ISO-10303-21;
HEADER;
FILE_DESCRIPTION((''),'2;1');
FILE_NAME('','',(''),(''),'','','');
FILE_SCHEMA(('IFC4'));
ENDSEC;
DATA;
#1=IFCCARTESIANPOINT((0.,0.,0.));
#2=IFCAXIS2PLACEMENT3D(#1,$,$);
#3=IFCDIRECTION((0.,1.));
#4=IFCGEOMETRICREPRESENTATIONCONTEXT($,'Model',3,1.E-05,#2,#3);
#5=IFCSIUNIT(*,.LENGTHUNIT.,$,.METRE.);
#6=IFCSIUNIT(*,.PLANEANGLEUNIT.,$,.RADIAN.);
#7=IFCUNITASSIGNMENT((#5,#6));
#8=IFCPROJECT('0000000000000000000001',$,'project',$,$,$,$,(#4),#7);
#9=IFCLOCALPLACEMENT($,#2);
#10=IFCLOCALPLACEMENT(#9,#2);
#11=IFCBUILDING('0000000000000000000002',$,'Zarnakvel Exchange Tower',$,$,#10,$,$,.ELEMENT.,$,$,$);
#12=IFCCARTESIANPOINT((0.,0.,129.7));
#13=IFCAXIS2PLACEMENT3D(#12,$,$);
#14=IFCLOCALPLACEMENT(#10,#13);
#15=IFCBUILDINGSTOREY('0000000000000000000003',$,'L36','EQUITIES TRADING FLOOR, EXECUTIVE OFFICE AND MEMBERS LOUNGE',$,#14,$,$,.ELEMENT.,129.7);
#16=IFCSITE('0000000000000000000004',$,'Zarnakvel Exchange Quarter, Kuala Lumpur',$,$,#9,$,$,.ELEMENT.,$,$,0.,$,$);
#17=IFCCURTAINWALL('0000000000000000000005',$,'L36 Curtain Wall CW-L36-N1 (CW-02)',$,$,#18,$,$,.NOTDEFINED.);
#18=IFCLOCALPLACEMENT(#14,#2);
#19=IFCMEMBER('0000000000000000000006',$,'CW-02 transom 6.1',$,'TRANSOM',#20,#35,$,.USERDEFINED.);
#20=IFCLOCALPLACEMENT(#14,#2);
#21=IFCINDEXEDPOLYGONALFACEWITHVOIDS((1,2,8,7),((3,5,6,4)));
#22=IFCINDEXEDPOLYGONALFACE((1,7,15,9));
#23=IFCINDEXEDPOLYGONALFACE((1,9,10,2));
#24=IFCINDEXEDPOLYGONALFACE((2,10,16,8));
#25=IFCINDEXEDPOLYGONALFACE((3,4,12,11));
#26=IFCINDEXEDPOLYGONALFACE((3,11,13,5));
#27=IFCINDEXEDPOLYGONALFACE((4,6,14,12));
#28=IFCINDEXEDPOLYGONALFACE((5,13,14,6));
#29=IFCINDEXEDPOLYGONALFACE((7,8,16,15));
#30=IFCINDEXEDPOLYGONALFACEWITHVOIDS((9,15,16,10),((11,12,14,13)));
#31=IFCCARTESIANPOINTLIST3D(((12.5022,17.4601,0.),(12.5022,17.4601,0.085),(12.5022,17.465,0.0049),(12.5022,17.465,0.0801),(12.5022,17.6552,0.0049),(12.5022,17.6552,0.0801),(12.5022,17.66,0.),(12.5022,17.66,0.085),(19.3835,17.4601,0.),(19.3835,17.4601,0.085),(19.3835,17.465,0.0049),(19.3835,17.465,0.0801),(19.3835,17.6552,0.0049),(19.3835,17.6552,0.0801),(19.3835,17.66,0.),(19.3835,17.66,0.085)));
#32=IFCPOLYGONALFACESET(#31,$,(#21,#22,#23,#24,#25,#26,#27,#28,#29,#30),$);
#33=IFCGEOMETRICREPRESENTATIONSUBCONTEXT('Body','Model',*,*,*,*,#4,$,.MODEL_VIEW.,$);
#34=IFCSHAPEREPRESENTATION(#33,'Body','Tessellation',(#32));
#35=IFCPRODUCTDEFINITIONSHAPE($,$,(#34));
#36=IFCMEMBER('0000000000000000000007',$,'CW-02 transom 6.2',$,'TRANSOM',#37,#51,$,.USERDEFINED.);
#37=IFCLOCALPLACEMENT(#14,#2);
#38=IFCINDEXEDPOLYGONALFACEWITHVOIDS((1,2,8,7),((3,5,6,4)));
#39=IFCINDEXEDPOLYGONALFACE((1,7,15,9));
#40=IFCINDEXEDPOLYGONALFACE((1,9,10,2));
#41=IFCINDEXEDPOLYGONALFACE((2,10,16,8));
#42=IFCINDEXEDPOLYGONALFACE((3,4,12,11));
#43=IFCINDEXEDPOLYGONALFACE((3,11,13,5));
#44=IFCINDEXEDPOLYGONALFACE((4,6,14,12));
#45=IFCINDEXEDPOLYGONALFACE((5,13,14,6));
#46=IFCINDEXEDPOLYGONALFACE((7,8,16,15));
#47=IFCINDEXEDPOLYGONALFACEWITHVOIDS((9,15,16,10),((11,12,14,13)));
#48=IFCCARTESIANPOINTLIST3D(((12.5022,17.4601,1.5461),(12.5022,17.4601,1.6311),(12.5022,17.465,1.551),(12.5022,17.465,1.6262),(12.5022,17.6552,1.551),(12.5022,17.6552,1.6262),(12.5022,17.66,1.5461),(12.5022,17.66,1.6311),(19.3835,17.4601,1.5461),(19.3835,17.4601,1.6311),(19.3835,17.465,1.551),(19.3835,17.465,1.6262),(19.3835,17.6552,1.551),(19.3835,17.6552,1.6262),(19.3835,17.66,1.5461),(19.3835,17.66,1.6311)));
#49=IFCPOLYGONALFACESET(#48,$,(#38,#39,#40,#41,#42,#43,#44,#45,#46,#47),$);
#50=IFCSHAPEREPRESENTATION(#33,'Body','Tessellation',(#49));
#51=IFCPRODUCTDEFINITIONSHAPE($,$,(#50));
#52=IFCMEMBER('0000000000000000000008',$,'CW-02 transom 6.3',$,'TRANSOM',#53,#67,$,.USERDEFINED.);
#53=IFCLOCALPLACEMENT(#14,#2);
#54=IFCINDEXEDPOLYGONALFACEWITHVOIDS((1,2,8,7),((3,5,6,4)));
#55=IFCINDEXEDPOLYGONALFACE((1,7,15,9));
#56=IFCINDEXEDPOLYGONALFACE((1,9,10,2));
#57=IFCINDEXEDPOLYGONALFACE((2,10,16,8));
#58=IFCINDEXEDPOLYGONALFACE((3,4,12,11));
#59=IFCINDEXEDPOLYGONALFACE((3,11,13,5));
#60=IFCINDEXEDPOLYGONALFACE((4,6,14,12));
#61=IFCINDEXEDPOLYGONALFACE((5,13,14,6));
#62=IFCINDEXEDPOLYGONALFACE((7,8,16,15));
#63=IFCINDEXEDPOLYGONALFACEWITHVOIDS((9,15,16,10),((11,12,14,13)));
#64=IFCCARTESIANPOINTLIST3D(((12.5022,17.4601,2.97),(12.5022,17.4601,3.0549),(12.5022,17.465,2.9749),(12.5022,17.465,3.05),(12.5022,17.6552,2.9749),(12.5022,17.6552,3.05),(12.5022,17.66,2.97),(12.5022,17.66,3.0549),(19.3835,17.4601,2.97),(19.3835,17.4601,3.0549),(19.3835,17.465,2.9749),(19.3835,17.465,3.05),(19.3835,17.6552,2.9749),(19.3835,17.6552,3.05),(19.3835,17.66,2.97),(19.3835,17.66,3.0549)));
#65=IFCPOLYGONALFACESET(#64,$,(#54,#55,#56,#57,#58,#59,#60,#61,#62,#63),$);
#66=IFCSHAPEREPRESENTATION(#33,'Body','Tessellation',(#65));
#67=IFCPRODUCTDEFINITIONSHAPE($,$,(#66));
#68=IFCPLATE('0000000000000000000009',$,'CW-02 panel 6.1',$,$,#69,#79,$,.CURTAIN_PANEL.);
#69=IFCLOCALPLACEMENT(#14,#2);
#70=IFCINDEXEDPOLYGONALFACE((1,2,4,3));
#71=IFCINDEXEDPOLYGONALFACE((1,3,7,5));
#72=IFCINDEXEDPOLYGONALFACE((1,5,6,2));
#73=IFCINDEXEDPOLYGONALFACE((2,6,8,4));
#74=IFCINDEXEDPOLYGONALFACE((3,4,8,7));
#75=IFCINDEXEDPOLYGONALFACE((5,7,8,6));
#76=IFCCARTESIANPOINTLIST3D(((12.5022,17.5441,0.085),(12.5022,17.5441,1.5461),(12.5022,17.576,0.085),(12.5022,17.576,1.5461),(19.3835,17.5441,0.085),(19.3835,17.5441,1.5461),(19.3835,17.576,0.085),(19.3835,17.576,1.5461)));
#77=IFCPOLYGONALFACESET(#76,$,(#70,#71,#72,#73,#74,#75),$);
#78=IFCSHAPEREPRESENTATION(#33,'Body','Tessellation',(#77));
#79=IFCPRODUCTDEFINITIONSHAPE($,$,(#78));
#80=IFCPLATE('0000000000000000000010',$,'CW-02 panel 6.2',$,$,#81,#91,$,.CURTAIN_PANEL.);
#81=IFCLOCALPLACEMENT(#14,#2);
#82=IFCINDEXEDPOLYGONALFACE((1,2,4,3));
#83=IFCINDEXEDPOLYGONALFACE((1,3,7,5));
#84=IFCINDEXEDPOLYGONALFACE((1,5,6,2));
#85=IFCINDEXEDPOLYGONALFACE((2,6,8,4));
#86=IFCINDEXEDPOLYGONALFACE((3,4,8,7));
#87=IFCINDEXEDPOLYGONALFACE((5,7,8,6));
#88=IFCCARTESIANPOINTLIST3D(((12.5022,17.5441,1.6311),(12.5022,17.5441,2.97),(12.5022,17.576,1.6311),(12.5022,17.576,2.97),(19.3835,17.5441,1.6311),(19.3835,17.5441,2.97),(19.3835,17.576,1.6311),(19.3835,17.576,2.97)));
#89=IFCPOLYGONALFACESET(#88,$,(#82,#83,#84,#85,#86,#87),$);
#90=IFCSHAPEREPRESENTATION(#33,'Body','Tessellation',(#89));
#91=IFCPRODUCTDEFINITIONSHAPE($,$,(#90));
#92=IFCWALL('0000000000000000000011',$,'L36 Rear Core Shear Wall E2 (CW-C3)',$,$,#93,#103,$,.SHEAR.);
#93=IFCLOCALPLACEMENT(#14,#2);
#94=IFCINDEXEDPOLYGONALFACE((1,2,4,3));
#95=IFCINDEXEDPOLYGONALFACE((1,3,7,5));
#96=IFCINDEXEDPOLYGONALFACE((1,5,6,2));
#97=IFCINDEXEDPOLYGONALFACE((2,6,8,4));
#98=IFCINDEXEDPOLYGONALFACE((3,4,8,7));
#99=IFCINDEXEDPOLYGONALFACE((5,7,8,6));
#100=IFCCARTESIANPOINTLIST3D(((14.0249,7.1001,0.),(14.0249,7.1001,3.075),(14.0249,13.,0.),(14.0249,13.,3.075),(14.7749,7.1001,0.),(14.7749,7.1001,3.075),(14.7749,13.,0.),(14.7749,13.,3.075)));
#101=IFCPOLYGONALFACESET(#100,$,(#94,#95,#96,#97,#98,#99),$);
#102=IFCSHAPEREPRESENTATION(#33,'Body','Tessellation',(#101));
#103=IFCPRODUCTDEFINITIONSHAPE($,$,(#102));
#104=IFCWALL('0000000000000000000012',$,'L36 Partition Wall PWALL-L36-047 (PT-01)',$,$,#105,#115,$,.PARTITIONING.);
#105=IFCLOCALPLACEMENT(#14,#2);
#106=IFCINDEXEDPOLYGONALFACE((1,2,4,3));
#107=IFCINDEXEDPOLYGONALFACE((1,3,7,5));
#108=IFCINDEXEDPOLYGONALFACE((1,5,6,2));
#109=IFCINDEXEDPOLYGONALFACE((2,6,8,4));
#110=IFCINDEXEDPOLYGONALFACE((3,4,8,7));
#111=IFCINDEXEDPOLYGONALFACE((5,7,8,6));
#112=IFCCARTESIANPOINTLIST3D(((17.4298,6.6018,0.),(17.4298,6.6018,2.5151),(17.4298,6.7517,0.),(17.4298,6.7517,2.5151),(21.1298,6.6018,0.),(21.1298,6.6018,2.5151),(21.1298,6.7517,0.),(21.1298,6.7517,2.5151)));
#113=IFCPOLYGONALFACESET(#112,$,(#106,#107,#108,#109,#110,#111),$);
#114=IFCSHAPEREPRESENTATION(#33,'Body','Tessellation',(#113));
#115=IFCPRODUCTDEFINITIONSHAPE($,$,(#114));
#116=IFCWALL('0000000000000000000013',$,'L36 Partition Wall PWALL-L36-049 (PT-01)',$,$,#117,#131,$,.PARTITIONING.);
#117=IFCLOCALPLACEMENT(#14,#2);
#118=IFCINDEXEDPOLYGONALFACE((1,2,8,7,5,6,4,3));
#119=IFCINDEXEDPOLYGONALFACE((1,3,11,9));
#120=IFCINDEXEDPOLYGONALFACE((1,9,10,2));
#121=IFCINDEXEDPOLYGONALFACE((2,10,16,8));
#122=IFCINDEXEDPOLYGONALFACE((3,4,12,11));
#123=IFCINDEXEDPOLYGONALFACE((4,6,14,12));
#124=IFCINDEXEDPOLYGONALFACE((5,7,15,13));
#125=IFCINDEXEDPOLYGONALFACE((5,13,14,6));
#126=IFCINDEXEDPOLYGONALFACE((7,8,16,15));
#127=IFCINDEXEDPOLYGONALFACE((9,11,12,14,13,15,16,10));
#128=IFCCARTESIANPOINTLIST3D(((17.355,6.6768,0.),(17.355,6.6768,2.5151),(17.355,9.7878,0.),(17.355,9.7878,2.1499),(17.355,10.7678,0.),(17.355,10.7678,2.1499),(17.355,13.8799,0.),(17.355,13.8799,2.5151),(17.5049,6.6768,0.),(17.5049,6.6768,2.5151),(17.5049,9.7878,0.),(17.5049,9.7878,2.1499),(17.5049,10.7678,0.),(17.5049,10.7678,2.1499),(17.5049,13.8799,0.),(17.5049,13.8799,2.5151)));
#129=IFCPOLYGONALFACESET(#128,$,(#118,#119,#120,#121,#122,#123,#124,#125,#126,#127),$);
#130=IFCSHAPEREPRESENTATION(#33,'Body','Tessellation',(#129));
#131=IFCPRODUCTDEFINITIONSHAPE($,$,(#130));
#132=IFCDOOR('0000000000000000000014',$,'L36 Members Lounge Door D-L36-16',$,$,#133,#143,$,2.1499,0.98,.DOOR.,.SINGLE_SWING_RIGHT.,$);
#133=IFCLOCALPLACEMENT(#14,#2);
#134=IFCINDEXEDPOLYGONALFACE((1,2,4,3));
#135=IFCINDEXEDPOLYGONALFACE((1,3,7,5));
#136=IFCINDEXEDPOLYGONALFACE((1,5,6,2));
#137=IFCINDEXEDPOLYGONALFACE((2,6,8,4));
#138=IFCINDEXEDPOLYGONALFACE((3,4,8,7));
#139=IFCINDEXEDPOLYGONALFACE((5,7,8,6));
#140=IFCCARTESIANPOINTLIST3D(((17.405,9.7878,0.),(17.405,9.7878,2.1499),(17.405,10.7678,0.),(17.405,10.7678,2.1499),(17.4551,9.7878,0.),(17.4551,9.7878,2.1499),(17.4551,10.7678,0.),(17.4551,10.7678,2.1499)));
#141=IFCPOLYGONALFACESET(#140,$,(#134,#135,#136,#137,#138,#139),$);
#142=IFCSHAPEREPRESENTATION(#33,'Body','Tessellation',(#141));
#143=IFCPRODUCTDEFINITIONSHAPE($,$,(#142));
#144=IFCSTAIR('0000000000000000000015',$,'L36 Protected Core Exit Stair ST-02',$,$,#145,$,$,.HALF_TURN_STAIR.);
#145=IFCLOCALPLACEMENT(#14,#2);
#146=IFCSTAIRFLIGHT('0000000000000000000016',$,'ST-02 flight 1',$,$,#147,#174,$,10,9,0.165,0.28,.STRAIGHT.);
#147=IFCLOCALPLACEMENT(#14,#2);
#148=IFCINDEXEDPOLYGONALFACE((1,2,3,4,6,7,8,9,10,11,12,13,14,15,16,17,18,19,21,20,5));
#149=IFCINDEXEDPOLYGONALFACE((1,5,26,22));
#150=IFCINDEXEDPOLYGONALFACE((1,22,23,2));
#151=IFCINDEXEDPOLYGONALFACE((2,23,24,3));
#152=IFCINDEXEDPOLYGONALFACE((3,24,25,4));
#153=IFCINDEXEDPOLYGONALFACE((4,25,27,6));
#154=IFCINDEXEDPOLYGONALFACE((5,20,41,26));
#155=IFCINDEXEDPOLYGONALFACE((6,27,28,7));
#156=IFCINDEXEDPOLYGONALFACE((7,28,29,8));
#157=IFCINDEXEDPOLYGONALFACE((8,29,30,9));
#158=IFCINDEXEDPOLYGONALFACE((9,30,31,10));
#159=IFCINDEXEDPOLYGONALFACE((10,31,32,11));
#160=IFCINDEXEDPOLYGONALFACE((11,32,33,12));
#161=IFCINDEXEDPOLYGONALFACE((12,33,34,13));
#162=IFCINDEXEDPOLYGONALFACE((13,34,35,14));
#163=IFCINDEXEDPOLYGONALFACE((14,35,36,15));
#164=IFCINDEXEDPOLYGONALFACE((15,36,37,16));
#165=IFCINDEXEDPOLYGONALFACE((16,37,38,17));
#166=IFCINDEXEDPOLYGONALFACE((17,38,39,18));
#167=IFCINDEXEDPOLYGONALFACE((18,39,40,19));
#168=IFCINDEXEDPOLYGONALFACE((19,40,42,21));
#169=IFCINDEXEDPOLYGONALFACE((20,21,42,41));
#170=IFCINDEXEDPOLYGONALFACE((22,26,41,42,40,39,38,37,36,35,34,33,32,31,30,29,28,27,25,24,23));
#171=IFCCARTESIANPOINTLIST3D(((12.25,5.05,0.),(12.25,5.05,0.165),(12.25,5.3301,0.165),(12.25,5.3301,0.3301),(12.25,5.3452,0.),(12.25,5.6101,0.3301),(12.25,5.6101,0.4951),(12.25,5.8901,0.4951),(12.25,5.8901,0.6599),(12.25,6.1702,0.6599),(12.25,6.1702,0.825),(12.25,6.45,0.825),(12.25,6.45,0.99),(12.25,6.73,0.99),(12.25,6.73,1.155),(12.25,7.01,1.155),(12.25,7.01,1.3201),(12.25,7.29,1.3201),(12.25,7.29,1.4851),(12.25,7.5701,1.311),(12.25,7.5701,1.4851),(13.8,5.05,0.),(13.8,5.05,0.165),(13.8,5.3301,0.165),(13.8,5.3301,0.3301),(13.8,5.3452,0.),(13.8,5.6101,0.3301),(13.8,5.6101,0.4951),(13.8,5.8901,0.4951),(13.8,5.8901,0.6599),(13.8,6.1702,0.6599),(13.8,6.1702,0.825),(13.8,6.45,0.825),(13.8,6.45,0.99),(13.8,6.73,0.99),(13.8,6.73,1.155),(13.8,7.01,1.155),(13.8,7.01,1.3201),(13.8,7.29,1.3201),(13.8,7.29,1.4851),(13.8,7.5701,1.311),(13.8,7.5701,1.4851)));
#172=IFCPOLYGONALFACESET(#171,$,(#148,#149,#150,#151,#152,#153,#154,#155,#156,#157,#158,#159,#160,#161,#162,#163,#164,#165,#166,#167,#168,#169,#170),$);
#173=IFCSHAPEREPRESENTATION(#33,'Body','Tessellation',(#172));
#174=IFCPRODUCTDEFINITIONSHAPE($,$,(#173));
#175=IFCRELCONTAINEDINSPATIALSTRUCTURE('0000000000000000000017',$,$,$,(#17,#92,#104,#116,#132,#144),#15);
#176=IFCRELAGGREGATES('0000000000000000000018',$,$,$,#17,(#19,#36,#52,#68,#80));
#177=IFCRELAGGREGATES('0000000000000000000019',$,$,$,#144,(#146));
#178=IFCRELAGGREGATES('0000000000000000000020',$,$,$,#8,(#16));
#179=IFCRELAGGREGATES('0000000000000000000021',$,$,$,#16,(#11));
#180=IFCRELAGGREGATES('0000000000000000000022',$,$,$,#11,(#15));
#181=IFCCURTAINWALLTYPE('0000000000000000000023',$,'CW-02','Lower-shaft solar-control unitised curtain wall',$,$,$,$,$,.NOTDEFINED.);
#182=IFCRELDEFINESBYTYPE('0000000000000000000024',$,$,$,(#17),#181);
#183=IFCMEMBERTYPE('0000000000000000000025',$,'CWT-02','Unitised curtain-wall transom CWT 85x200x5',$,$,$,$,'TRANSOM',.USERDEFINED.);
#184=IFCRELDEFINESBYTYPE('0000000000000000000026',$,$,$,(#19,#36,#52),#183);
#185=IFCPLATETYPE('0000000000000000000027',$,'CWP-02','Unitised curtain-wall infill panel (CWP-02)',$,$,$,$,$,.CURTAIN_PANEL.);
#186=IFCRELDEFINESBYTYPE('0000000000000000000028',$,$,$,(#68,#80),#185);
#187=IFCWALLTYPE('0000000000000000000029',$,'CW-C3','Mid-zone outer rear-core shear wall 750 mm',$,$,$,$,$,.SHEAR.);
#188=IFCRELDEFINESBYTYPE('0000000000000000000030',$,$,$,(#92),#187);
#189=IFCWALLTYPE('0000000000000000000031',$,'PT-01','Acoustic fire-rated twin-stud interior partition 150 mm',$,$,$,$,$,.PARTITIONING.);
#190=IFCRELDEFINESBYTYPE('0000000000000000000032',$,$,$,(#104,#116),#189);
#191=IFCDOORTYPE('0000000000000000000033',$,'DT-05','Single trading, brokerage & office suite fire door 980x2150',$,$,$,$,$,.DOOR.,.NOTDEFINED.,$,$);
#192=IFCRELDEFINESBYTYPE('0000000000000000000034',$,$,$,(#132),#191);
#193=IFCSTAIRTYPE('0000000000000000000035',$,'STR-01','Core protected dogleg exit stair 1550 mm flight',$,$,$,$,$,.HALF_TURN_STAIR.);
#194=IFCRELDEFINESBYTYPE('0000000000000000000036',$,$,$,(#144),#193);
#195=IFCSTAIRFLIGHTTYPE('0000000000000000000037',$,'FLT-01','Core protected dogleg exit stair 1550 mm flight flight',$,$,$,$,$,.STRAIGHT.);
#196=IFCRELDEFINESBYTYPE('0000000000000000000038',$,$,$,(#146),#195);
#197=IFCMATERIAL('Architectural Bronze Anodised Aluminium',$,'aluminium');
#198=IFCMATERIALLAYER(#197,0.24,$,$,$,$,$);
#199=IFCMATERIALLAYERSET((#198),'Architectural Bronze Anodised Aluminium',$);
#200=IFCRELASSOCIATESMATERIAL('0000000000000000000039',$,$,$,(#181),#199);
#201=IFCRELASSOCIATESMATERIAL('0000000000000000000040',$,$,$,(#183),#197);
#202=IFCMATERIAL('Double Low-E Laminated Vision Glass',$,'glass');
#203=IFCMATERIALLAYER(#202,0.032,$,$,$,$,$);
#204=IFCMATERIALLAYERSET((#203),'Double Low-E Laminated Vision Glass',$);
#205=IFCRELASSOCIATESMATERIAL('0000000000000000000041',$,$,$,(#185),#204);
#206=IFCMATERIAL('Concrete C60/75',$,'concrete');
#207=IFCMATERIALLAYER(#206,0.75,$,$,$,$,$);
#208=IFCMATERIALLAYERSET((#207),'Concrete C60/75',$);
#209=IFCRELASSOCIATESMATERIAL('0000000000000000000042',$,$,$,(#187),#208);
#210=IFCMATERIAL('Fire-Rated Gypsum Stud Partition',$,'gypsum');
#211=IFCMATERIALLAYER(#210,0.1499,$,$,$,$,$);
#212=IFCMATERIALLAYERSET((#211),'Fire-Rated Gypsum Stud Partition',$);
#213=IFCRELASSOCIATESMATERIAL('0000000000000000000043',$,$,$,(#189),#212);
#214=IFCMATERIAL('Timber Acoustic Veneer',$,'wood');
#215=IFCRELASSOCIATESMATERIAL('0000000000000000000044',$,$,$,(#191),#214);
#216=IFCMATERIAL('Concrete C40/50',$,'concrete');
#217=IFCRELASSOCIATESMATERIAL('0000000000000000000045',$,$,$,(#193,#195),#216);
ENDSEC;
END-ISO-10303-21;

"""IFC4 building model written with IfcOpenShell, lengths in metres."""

from ifc_helpers import new_model, si_unit, direction, frame, frame_2d, origin, origin_2d, place, context, subcontext, project, spatial, polyline, rectangle, hollow_rectangle, outline, extrude, source, transform, mapped, material, layer, layer_set, material_profile, profile_set, type_object, element, fill, aggregate, save


model = new_model("IFC4")

# Units and contexts
model_context = context("Model", 3, precision=1e-05, world=origin(), true_north=direction((0.0, 1.0)))
body_context = subcontext(model_context, "Body", "Model", "MODEL_VIEW")
ifc_project = project(units=[si_unit("LENGTHUNIT", "METRE"), si_unit("PLANEANGLEUNIT", "RADIAN")], contexts=[model_context])

# Site, building, storey
site_placement = place(None, origin())
site = spatial("IfcSite", under=ifc_project, at=site_placement, Name="Zarnakvel Exchange Quarter, Kuala Lumpur", CompositionType="ELEMENT", RefElevation=0.0)
building_placement = place(site_placement, origin())
building = spatial("IfcBuilding", under=site, at=building_placement, Name="Zarnakvel Exchange Tower", CompositionType="ELEMENT")
storey_placement = place(building_placement, frame((0.0, 0.0, 129.7)))
storey = spatial("IfcBuildingStorey", under=building, at=storey_placement, Name="L36", Description="EQUITIES TRADING FLOOR, EXECUTIVE OFFICE AND MEMBERS LOUNGE", CompositionType="ELEMENT", Elevation=129.7)

# Shared definitions
ifc_material_1 = material(Name="Concrete C60/75", Category="concrete")

# Curtain wall, members, plates
ifc_material_2 = material(Name="Architectural Bronze Anodised Aluminium", Category="aluminium")
ifc_layer_1 = layer(ifc_material_2, 0.24)
ifc_layer_set_1 = layer_set([ifc_layer_1], Name="Architectural Bronze Anodised Aluminium")
curtain_wall_type = type_object("IfcCurtainWallType", Name="CW-02", Description="Lower-shaft solar-control unitised curtain wall", PredefinedType="NOTDEFINED", material=ifc_layer_set_1)
curtain_wall_placement = place(storey_placement, origin())
curtain_wall = element("IfcCurtainWall", 1, at=curtain_wall_placement, inside=storey, type_object=curtain_wall_type, Name="L36 Curtain Wall CW-L36-N1 (CW-02)", PredefinedType="NOTDEFINED")
ifc_material_profile_1 = material_profile(ifc_material_2, hollow_rectangle(XDim=0.2, YDim=0.085, WallThickness=0.0049, at=origin_2d()))
ifc_profile_set_1 = profile_set([ifc_material_profile_1], Name="Architectural Bronze Anodised Aluminium")
member_type_1 = type_object("IfcMemberType", Name="CWT-02", Description="Unitised curtain-wall transom CWT 85x200x5", ElementType="TRANSOM", PredefinedType="USERDEFINED", material=ifc_profile_set_1)
shared_shape_1 = source(origin(), body_context, "Body", "SweptSolid", [
    extrude(hollow_rectangle(XDim=0.2, YDim=0.085, WallThickness=0.0049, at=origin_2d()), origin(), (0.0, 0.0, 1.0), 6.8813),
])
member_1_placement = place(storey_placement, frame((12.5022, 17.5601, 0.0425), z_axis=(1.0, 0.0, 0.0), x_axis=(0.0, 1.0, 0.0)))
member_1 = element("IfcMember", 2, at=member_1_placement, type_object=member_type_1, Name="CW-02 transom 6.1", ObjectType="TRANSOM", PredefinedType="USERDEFINED", context=body_context, shape_type="MappedRepresentation", body=[
    mapped(shared_shape_1, transform((0.0, 0.0, 0.0), x_axis=(1.0, 0.0, 0.0), y_axis=(0.0, 1.0, 0.0), z_axis=(0.0, 0.0, 1.0), scale=1.0)),
])
member_2_placement = place(storey_placement, frame((12.5022, 17.5601, 1.5886), z_axis=(1.0, 0.0, 0.0), x_axis=(0.0, 1.0, 0.0)))
member_2 = element("IfcMember", 3, at=member_2_placement, type_object=member_type_1, Name="CW-02 transom 6.2", ObjectType="TRANSOM", PredefinedType="USERDEFINED", context=body_context, shape_type="MappedRepresentation", body=[
    mapped(shared_shape_1, transform((0.0, 0.0, 0.0), x_axis=(1.0, 0.0, 0.0), y_axis=(0.0, 1.0, 0.0), z_axis=(0.0, 0.0, 1.0), scale=1.0)),
])
member_3_placement = place(storey_placement, frame((12.5022, 17.5601, 3.0125), z_axis=(1.0, 0.0, 0.0), x_axis=(0.0, 1.0, 0.0)))
member_3 = element("IfcMember", 4, at=member_3_placement, type_object=member_type_1, Name="CW-02 transom 6.3", ObjectType="TRANSOM", PredefinedType="USERDEFINED", context=body_context, shape_type="MappedRepresentation", body=[
    mapped(shared_shape_1, transform((0.0, 0.0, 0.0), x_axis=(1.0, 0.0, 0.0), y_axis=(0.0, 1.0, 0.0), z_axis=(0.0, 0.0, 1.0), scale=1.0)),
])
ifc_material_3 = material(Name="Double Low-E Laminated Vision Glass", Category="glass")
ifc_layer_2 = layer(ifc_material_3, 0.032)
ifc_layer_set_2 = layer_set([ifc_layer_2], Name="Double Low-E Laminated Vision Glass")
plate_type = type_object("IfcPlateType", Name="CWP-02", Description="Unitised curtain-wall infill panel (CWP-02)", PredefinedType="CURTAIN_PANEL", material=ifc_layer_set_2)
shared_shape_2 = source(origin(), body_context, "Body", "SweptSolid", [
    extrude(rectangle(XDim=6.8813, YDim=0.032, at=origin_2d()), origin(), (0.0, 0.0, 1.0), 1.4612),
])
plate_1_placement = place(storey_placement, frame((15.9429, 17.5601, 0.085), z_axis=(0.0, 0.0, 1.0), x_axis=(1.0, 0.0, 0.0)))
plate_1 = element("IfcPlate", 5, at=plate_1_placement, type_object=plate_type, Name="CW-02 panel 6.1", PredefinedType="CURTAIN_PANEL", context=body_context, shape_type="MappedRepresentation", body=[
    mapped(shared_shape_2, transform((0.0, 0.0, 0.0), x_axis=(1.0, 0.0, 0.0), y_axis=(0.0, 1.0, 0.0), z_axis=(0.0, 0.0, 1.0), scale=1.0)),
])
shared_shape_3 = source(origin(), body_context, "Body", "SweptSolid", [
    extrude(rectangle(XDim=6.8813, YDim=0.032, at=origin_2d()), origin(), (0.0, 0.0, 1.0), 1.3389),
])
plate_2_placement = place(storey_placement, frame((15.9429, 17.5601, 1.6311), z_axis=(0.0, 0.0, 1.0), x_axis=(1.0, 0.0, 0.0)))
plate_2 = element("IfcPlate", 6, at=plate_2_placement, type_object=plate_type, Name="CW-02 panel 6.2", PredefinedType="CURTAIN_PANEL", context=body_context, shape_type="MappedRepresentation", body=[
    mapped(shared_shape_3, transform((0.0, 0.0, 0.0), x_axis=(1.0, 0.0, 0.0), y_axis=(0.0, 1.0, 0.0), z_axis=(0.0, 0.0, 1.0), scale=1.0)),
])
aggregate(curtain_wall, [member_1, member_2, member_3, plate_1, plate_2])

# Walls
ifc_layer_3 = layer(ifc_material_1, 0.75)
ifc_layer_set_3 = layer_set([ifc_layer_3], Name="Concrete C60/75")
wall_type_1 = type_object("IfcWallType", Name="CW-C3", Description="Mid-zone outer rear-core shear wall 750 mm", PredefinedType="SHEAR", material=ifc_layer_set_3)
wall_1_placement = place(storey_placement, frame((14.3999, 7.1001, 0.0), z_axis=(0.0, 0.0, 1.0), x_axis=(0.0, 1.0, 0.0)))
element("IfcWall", 7, at=wall_1_placement, inside=storey, type_object=wall_type_1, Name="L36 Rear Core Shear Wall E2 (CW-C3)", PredefinedType="SHEAR", context=body_context, shape_type="SweptSolid", body=[
    extrude(rectangle(XDim=5.8999, YDim=0.75, at=frame_2d((2.95, 0.0))), origin(), (0.0, 0.0, 1.0), 3.075),
])
ifc_material_4 = material(Name="Fire-Rated Gypsum Stud Partition", Category="gypsum")
ifc_layer_4 = layer(ifc_material_4, 0.1499)
ifc_layer_set_4 = layer_set([ifc_layer_4], Name="Fire-Rated Gypsum Stud Partition")
wall_type_2 = type_object("IfcWallType", Name="PT-01", Description="Acoustic fire-rated twin-stud interior partition 150 mm", PredefinedType="PARTITIONING", material=ifc_layer_set_4)
wall_2_placement = place(storey_placement, frame((21.1299, 6.6768, 0.0), z_axis=(0.0, 0.0, 1.0), x_axis=(-1.0, 0.0, 0.0)))
element("IfcWall", 8, at=wall_2_placement, inside=storey, type_object=wall_type_2, Name="L36 Partition Wall PWALL-L36-047 (PT-01)", PredefinedType="PARTITIONING", context=body_context, shape_type="SweptSolid", body=[
    extrude(rectangle(XDim=3.7, YDim=0.1499, at=frame_2d((1.8501, 0.0))), origin(), (0.0, 0.0, 1.0), 2.5151),
])

# Wall, opening, door
wall_3_placement = place(storey_placement, frame((17.4299, 6.6768, 0.0), z_axis=(0.0, 0.0, 1.0), x_axis=(0.0, 1.0, 0.0)))
wall_3 = element("IfcWall", 9, at=wall_3_placement, inside=storey, type_object=wall_type_2, Name="L36 Partition Wall PWALL-L36-049 (PT-01)", PredefinedType="PARTITIONING", context=body_context, shape_type="SweptSolid", body=[
    extrude(rectangle(XDim=7.2031, YDim=0.1499, at=frame_2d((3.6016, 0.0))), origin(), (0.0, 0.0, 1.0), 2.5151),
])
opening_1_placement = place(wall_3_placement, frame((3.1111, 0.0, 0.0)))
opening_1 = element("IfcOpeningElement", 10, at=opening_1_placement, cuts=wall_3, PredefinedType="OPENING", context=body_context, shape_type="SweptSolid", body=[
    extrude(rectangle(XDim=0.98, YDim=2.1499, at=frame_2d((0.49, 1.075))), frame((0.0, 0.085, 0.0), z_axis=(0.0, -1.0, 0.0), x_axis=(1.0, 0.0, 0.0)), (0.0, 0.0, 1.0), 0.1699),
])
ifc_material_5 = material(Name="Timber Acoustic Veneer", Category="wood")
door_type_1 = type_object("IfcDoorType", Name="DT-05", Description="Single trading, brokerage & office suite fire door 980x2150", OperationType="NOTDEFINED", PredefinedType="DOOR", material=ifc_material_5)
shared_shape_4 = source(origin(), body_context, "Body", "SweptSolid", [
    extrude(rectangle(XDim=0.98, YDim=2.1499, at=frame_2d((0.49, 1.075))), frame((0.0, 0.0249, 0.0), z_axis=(0.0, -1.0, 0.0), x_axis=(1.0, 0.0, 0.0)), (0.0, 0.0, 1.0), 0.05),
])
door_1_placement = place(opening_1_placement, origin())
door_1 = element("IfcDoor", 11, at=door_1_placement, inside=storey, type_object=door_type_1, Name="L36 Members Lounge Door D-L36-16", OperationType="SINGLE_SWING_RIGHT", OverallHeight=2.1499, OverallWidth=0.98, PredefinedType="DOOR", context=body_context, shape_type="MappedRepresentation", body=[
    mapped(shared_shape_4, transform((0.0, 0.0, 0.0), x_axis=(1.0, 0.0, 0.0), y_axis=(0.0, 1.0, 0.0), z_axis=(0.0, 0.0, 1.0), scale=1.0)),
])
fill(opening_1, door_1)
ifc_material_6 = material(Name="Concrete C40/50", Category="concrete")

# Stair, stair flight
stair_type = type_object("IfcStairType", Name="STR-01", Description="Core protected dogleg exit stair 1550 mm flight", PredefinedType="HALF_TURN_STAIR", material=ifc_material_6)
stair_placement = place(storey_placement, origin())
stair = element("IfcStair", 12, at=stair_placement, inside=storey, type_object=stair_type, Name="L36 Protected Core Exit Stair ST-02", PredefinedType="HALF_TURN_STAIR")
stair_flight_type = type_object("IfcStairFlightType", Name="FLT-01", Description="Core protected dogleg exit stair 1550 mm flight flight", PredefinedType="STRAIGHT", material=ifc_material_6)
stair_flight_placement = place(storey_placement, frame((13.0249, 5.05, 0.0), z_axis=(0.0, 0.0, 1.0), x_axis=(0.0, 1.0, 0.0)))
stair_flight = element("IfcStairFlight", 13, at=stair_flight_placement, type_object=stair_flight_type, Name="ST-02 flight 1", NumberOfRisers=10, NumberOfTreads=9, PredefinedType="STRAIGHT", RiserHeight=0.165, TreadLength=0.28, context=body_context, shape_type="SweptSolid", body=[
    extrude(outline(polyline([(0.0, 0.0), (0.0, 0.165), (0.28, 0.165), (0.28, 0.3301), (0.5601, 0.3301), (0.5601, 0.4951), (0.8401, 0.4951), (0.8401, 0.6599), (1.1201, 0.6599), (1.1201, 0.825), (1.3999, 0.825), (1.3999, 0.99), (1.6799, 0.99), (1.6799, 1.155), (1.96, 1.155), (1.96, 1.3201), (2.24, 1.3201), (2.24, 1.4851), (2.52, 1.4851), (2.52, 1.6499), (2.52, 1.311), (0.2952, 0.0), (0.0, 0.0)])), frame((0.0, 0.7749, 0.0), z_axis=(0.0, -1.0, 0.0), x_axis=(1.0, 0.0, 0.0)), (0.0, 0.0, 1.0), 1.55),
])
aggregate(stair, [stair_flight])

save(model, "model.ifc")
